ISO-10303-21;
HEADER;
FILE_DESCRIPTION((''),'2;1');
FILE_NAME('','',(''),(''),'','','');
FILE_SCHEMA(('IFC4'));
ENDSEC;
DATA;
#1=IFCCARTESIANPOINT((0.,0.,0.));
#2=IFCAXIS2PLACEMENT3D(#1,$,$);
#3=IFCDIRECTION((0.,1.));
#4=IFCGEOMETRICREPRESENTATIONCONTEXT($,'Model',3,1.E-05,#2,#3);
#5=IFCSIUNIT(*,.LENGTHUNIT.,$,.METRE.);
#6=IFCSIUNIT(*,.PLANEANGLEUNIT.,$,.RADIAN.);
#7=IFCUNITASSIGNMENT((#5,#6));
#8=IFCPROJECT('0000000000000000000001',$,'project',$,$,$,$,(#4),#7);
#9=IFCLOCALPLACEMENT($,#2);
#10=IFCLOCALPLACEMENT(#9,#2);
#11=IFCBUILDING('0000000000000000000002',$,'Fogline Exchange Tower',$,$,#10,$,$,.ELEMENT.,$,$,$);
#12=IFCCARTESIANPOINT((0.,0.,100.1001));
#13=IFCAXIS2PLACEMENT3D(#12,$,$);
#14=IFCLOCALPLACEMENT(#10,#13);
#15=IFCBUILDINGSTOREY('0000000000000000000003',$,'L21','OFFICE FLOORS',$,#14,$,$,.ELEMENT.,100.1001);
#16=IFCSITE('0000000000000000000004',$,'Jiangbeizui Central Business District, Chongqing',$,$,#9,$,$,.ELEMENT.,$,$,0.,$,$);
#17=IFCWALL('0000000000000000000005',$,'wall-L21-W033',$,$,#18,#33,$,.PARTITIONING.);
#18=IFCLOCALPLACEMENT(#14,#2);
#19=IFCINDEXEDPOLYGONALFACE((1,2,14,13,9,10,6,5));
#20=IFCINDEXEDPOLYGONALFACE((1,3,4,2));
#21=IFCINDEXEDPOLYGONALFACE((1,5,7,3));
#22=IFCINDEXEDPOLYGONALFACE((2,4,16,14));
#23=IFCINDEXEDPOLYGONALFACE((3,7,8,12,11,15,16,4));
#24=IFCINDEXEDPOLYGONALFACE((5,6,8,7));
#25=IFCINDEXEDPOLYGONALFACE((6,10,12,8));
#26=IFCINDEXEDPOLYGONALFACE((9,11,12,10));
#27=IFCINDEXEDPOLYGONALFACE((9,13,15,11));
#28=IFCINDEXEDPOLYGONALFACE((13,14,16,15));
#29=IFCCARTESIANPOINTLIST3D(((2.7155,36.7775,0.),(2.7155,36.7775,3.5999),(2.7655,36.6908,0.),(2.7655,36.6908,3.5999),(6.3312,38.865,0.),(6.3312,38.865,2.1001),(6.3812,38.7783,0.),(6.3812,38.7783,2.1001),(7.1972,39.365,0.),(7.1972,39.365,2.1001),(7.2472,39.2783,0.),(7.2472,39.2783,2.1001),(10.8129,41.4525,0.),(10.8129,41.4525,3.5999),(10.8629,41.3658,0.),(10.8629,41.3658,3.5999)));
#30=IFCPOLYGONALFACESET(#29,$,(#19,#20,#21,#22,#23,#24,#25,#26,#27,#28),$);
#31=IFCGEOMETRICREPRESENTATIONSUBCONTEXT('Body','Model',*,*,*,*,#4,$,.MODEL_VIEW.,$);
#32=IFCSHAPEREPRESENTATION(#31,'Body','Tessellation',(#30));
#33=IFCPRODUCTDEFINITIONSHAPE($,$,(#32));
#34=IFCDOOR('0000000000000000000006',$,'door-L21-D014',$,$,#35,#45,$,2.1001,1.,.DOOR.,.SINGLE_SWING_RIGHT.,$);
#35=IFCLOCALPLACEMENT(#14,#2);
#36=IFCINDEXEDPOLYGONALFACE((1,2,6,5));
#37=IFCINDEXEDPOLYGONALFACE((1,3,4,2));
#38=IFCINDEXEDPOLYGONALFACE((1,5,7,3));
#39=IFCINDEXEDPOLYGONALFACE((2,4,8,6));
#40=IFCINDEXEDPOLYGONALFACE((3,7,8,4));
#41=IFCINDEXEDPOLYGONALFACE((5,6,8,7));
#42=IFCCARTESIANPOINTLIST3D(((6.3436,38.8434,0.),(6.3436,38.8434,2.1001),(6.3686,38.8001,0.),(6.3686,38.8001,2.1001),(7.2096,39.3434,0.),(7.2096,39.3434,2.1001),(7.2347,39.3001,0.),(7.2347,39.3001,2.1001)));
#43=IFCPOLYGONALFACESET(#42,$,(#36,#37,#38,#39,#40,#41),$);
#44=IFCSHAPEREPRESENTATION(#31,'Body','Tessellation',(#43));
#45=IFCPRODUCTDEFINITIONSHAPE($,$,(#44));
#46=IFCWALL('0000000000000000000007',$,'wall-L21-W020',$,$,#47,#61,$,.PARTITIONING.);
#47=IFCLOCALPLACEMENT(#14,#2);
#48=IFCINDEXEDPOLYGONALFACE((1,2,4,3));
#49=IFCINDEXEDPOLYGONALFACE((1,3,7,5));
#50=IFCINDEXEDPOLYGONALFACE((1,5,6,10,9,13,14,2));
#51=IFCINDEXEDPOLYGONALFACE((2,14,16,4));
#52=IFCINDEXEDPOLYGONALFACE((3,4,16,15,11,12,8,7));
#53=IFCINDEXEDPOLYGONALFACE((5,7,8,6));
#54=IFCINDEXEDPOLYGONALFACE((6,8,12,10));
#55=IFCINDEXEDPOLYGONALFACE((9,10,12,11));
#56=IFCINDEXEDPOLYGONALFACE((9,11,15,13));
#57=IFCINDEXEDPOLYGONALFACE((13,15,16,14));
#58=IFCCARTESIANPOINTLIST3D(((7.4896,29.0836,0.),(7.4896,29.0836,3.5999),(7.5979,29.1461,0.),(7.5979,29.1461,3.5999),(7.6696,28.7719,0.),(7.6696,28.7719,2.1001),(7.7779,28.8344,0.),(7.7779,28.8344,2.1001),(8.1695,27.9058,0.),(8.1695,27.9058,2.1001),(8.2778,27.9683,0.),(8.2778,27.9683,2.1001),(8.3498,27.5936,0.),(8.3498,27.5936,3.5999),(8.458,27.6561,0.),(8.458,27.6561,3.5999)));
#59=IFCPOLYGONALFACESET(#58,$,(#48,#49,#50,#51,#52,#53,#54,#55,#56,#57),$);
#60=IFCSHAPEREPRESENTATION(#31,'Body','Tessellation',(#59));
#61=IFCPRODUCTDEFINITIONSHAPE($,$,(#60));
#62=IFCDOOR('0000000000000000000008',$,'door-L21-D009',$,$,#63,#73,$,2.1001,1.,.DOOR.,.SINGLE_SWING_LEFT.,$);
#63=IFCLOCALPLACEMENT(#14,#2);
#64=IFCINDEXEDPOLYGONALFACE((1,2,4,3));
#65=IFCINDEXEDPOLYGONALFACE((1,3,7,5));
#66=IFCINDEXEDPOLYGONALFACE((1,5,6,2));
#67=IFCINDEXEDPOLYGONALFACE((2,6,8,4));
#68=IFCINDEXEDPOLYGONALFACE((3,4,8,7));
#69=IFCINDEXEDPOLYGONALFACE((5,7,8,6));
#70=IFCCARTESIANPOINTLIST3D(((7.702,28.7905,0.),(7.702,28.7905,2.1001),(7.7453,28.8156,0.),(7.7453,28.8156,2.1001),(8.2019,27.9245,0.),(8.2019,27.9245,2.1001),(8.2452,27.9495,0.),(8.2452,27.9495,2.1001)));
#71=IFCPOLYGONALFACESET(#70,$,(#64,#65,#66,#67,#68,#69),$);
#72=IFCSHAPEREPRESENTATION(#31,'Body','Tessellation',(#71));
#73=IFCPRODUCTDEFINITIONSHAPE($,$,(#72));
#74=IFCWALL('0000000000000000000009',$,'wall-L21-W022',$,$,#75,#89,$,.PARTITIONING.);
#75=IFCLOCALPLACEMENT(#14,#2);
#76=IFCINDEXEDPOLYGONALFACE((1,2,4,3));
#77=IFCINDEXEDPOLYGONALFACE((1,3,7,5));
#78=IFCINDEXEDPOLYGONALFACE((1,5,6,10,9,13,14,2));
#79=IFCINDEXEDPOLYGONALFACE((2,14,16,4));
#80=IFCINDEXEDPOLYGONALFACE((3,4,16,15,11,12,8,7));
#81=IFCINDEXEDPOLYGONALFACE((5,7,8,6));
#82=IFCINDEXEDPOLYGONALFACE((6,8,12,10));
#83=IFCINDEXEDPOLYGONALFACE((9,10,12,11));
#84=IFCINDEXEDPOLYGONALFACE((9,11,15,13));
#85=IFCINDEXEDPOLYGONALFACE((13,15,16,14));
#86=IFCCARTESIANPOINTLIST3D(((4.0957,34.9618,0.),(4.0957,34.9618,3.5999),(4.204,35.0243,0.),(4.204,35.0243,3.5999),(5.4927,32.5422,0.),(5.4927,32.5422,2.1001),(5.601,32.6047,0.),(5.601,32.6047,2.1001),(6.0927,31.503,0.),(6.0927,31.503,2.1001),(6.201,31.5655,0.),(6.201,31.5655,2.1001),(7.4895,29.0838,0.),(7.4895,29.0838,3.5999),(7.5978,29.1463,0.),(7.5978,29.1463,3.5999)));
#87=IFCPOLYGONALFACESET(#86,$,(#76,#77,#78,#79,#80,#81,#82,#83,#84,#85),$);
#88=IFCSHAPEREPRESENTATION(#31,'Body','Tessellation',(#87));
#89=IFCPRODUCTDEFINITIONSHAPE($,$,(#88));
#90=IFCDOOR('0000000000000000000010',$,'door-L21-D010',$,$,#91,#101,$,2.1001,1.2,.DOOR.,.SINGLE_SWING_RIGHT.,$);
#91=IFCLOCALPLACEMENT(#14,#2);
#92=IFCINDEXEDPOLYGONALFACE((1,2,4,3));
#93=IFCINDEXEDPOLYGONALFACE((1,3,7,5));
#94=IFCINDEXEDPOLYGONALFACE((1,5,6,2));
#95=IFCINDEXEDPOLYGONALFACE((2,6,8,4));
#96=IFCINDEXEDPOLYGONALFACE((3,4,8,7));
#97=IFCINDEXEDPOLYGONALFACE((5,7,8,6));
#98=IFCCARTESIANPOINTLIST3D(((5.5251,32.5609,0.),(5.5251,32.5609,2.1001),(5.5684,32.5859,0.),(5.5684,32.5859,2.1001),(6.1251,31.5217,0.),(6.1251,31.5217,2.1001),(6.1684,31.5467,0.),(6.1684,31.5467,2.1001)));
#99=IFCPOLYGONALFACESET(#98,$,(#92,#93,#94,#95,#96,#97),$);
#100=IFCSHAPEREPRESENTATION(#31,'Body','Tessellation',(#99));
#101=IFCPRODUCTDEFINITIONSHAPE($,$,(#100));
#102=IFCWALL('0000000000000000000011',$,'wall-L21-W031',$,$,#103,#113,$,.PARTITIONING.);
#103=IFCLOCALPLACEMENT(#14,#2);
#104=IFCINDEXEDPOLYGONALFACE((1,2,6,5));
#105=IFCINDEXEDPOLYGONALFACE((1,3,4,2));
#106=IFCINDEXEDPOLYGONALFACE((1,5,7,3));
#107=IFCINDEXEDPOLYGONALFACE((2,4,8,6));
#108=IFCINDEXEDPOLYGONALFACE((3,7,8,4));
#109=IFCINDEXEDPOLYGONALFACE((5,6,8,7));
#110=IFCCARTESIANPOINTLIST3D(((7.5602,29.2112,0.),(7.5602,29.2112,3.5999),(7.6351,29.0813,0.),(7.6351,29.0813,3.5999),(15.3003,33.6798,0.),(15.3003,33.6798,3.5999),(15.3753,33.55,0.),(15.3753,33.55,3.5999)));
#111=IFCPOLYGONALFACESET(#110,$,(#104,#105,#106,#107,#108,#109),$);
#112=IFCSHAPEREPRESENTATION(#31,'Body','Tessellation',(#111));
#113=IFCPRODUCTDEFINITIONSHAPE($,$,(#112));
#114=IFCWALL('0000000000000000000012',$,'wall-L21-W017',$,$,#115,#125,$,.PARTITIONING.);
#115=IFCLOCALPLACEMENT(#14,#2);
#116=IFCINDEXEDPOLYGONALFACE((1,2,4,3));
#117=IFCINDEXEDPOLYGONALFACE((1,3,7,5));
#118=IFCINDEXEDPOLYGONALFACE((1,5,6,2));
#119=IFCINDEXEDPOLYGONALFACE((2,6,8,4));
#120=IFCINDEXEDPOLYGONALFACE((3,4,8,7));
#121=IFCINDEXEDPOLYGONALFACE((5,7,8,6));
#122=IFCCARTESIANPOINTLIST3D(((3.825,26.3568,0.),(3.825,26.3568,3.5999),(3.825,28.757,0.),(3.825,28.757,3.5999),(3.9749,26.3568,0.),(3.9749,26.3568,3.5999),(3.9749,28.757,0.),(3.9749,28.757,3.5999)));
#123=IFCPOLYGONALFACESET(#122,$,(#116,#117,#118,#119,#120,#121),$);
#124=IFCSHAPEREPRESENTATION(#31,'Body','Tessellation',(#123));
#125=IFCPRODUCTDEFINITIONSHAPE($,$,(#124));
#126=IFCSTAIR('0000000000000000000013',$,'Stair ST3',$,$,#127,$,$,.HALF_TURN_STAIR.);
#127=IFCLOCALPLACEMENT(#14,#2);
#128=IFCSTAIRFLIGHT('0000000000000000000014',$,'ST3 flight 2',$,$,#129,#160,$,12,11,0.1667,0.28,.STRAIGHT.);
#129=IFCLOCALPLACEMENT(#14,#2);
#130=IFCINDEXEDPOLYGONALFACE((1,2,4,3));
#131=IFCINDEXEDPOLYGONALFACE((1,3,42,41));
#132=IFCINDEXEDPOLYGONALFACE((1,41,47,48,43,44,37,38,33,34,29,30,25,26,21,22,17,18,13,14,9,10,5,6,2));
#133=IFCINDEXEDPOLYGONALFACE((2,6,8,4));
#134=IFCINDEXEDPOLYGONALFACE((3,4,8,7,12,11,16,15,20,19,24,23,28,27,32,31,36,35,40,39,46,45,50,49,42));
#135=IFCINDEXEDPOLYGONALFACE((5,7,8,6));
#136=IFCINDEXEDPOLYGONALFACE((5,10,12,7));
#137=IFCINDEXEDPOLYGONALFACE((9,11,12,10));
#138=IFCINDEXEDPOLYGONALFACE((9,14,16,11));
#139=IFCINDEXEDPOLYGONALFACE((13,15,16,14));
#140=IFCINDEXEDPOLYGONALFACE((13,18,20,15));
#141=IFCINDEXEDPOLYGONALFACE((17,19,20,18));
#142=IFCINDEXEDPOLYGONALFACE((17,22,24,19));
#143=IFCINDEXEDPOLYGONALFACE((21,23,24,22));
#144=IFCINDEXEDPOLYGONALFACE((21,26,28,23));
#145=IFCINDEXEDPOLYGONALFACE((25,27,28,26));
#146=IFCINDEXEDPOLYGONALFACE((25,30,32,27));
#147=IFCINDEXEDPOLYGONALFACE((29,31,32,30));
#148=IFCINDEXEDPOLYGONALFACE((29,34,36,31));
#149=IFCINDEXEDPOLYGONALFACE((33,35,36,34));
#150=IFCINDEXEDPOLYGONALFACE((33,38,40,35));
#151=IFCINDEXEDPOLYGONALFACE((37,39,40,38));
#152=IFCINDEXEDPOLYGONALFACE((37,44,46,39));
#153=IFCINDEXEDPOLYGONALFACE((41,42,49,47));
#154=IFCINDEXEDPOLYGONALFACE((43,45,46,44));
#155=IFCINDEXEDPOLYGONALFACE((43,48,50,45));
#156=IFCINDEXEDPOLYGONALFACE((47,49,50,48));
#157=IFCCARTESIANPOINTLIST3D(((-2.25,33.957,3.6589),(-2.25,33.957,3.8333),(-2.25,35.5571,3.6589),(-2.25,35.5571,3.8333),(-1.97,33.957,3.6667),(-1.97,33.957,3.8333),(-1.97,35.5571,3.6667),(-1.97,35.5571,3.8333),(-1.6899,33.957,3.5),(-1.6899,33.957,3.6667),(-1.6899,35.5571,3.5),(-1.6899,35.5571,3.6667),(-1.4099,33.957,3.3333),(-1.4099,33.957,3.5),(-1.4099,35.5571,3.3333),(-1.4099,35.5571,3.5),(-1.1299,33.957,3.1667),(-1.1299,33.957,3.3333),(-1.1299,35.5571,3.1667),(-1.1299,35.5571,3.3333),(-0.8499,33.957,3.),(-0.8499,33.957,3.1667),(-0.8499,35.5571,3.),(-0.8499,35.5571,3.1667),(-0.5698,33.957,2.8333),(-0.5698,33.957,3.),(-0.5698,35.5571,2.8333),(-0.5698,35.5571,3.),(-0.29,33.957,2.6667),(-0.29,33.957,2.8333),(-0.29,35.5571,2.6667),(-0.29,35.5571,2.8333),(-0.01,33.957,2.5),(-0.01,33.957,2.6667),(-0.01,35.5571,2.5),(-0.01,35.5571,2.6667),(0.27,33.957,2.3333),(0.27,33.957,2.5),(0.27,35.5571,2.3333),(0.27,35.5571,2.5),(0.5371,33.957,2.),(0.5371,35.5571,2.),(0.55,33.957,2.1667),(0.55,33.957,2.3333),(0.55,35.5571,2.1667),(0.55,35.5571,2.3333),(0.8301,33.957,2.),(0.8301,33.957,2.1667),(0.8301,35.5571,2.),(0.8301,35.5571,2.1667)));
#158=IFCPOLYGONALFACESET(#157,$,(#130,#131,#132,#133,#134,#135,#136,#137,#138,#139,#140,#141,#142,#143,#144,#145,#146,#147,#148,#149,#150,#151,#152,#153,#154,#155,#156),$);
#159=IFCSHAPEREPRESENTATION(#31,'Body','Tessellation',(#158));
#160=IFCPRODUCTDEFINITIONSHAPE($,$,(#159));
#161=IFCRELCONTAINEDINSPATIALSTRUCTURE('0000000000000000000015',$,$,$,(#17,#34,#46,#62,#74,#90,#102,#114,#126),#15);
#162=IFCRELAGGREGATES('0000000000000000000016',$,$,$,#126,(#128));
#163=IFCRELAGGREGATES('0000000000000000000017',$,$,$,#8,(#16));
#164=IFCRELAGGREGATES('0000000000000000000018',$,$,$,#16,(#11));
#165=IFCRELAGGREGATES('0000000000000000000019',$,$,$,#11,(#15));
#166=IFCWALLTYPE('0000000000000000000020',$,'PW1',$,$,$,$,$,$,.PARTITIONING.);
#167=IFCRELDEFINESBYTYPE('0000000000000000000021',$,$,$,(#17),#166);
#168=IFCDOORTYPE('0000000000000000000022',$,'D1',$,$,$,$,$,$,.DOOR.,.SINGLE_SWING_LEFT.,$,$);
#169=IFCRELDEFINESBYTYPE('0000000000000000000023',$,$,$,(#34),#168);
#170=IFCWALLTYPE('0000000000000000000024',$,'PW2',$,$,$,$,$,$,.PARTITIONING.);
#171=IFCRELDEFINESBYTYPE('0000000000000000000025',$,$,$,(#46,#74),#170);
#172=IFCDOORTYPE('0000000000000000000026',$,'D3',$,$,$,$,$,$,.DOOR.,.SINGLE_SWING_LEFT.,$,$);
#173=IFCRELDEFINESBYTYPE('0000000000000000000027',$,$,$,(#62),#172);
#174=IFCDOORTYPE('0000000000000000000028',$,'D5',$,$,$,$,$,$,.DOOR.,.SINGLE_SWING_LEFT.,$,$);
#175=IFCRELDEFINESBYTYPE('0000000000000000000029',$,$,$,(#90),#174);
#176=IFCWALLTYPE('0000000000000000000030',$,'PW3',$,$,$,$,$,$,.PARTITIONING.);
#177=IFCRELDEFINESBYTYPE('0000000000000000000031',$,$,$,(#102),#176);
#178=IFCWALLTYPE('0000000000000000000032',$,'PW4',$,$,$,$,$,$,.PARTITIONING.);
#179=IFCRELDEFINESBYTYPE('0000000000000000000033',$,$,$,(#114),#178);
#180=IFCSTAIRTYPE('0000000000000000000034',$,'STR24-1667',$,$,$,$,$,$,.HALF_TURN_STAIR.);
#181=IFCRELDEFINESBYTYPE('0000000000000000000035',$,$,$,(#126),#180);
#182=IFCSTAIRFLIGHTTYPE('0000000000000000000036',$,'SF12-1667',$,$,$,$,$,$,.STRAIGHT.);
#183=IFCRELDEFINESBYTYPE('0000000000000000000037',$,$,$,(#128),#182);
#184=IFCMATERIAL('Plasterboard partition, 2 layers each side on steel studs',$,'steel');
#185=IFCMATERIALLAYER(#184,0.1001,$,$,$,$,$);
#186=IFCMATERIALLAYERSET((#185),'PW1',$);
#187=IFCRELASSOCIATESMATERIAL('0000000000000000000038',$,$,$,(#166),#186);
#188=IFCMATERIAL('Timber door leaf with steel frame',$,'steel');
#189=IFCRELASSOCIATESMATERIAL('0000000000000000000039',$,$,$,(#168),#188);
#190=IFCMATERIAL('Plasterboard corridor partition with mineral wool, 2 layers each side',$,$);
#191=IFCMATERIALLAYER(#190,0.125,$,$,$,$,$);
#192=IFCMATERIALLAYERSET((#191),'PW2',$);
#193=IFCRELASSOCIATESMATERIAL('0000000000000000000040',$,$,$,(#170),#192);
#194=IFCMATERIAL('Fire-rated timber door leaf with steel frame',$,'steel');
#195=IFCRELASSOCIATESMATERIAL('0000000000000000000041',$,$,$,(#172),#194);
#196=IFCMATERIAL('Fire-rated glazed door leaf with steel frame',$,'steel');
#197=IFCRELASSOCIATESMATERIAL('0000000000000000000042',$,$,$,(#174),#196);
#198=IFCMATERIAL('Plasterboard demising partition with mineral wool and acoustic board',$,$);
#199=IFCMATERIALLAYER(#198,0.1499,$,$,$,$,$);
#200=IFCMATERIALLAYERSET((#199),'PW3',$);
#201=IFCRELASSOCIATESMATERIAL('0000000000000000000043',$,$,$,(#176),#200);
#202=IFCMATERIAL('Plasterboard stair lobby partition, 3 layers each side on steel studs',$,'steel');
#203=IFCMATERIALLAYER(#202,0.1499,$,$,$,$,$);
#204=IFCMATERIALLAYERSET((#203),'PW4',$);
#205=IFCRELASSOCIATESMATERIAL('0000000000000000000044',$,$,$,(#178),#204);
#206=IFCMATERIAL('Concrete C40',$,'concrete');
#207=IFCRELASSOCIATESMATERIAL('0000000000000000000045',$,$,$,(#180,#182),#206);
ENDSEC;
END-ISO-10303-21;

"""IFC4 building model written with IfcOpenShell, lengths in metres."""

from ifc_helpers import new_model, si_unit, direction, frame, frame_2d, origin, place, context, subcontext, project, spatial, polyline, rectangle, outline, extrude, material, layer, layer_set, type_object, element, fill, aggregate, save


model = new_model("IFC4")

# Units and contexts
model_context = context("Model", 3, precision=1e-05, world=origin(), true_north=direction((0.0, 1.0)))
body_context = subcontext(model_context, "Body", "Model", "MODEL_VIEW")
ifc_project = project(units=[si_unit("LENGTHUNIT", "METRE"), si_unit("PLANEANGLEUNIT", "RADIAN")], contexts=[model_context])

# Site, building, storey
site_placement = place(None, origin())
site = spatial("IfcSite", under=ifc_project, at=site_placement, Name="Jiangbeizui Central Business District, Chongqing", CompositionType="ELEMENT", RefElevation=0.0)
building_placement = place(site_placement, origin())
building = spatial("IfcBuilding", under=site, at=building_placement, Name="Fogline Exchange Tower", CompositionType="ELEMENT")
storey_placement = place(building_placement, frame((0.0, 0.0, 100.1001)))
storey = spatial("IfcBuildingStorey", under=building, at=storey_placement, Name="L21", Description="OFFICE FLOORS", CompositionType="ELEMENT", Elevation=100.1001)

# Shared definitions
ifc_material_1 = material(Name="Concrete C40", Category="concrete")

# Shared definitions
ifc_material_2 = material(Name="Plasterboard partition, 2 layers each side on steel studs", Category="steel")
ifc_layer_1 = layer(ifc_material_2, 0.1001)
ifc_layer_set_1 = layer_set([ifc_layer_1], Name="PW1")
wall_type_1 = type_object("IfcWallType", Name="PW1", PredefinedType="PARTITIONING", material=ifc_layer_set_1)

# Walls, openings, doors
wall_1_placement = place(storey_placement, frame((2.7405, 36.7341, 0.0), z_axis=(0.0, 0.0, 1.0), x_axis=(0.866025, 0.5, 0.0)))
wall_1 = element("IfcWall", 1, at=wall_1_placement, inside=storey, type_object=wall_type_1, Name="wall-L21-W033", PredefinedType="PARTITIONING", context=body_context, shape_type="SweptSolid", body=[
    extrude(rectangle(XDim=9.3501, YDim=0.1001, at=frame_2d((4.675, 0.0))), origin(), (0.0, 0.0, 1.0), 3.5999),
])
opening_1_placement = place(wall_1_placement, frame((4.175, 0.0, 0.0)))
opening_1 = element("IfcOpeningElement", 2, at=opening_1_placement, cuts=wall_1, PredefinedType="OPENING", context=body_context, shape_type="SweptSolid", body=[
    extrude(rectangle(XDim=1.0, YDim=2.1001, at=frame_2d((0.5, 1.05))), frame((0.0, 0.0601, 0.0), z_axis=(0.0, -1.0, 0.0), x_axis=(1.0, 0.0, 0.0)), (0.0, 0.0, 1.0), 0.1201),
])
ifc_material_3 = material(Name="Timber door leaf with steel frame", Category="steel")
door_type_1 = type_object("IfcDoorType", Name="D1", OperationType="SINGLE_SWING_LEFT", PredefinedType="DOOR", material=ifc_material_3)
door_1_placement = place(opening_1_placement, frame((1.0, 0.0, 0.0), z_axis=(0.0, 0.0, 1.0), x_axis=(-1.0, 0.0, 0.0)))
door_1 = element("IfcDoor", 3, at=door_1_placement, inside=storey, type_object=door_type_1, Name="door-L21-D014", OperationType="SINGLE_SWING_RIGHT", OverallHeight=2.1001, OverallWidth=1.0, PredefinedType="DOOR", context=body_context, shape_type="SweptSolid", body=[
    extrude(rectangle(XDim=1.0, YDim=2.1001, at=frame_2d((0.5, 1.05))), frame((0.0, 0.0249, 0.0), z_axis=(0.0, -1.0, 0.0), x_axis=(1.0, 0.0, 0.0)), (0.0, 0.0, 1.0), 0.05),
])
fill(opening_1, door_1)
ifc_material_4 = material(Name="Plasterboard corridor partition with mineral wool, 2 layers each side")
ifc_layer_2 = layer(ifc_material_4, 0.125)
ifc_layer_set_2 = layer_set([ifc_layer_2], Name="PW2")
wall_type_2 = type_object("IfcWallType", Name="PW2", PredefinedType="PARTITIONING", material=ifc_layer_set_2)
wall_2_placement = place(storey_placement, frame((7.5437, 29.115, 0.0), z_axis=(0.0, 0.0, 1.0), x_axis=(0.499939, -0.86606, 0.0)))
wall_2 = element("IfcWall", 4, at=wall_2_placement, inside=storey, type_object=wall_type_2, Name="wall-L21-W020", PredefinedType="PARTITIONING", context=body_context, shape_type="SweptSolid", body=[
    extrude(rectangle(XDim=1.7205, YDim=0.125, at=frame_2d((0.8604, 0.0))), origin(), (0.0, 0.0, 1.0), 3.5999),
])
opening_2_placement = place(wall_2_placement, frame((0.3601, 0.0, 0.0)))
opening_2 = element("IfcOpeningElement", 5, at=opening_2_placement, cuts=wall_2, PredefinedType="OPENING", context=body_context, shape_type="SweptSolid", body=[
    extrude(rectangle(XDim=1.0, YDim=2.1001, at=frame_2d((0.5, 1.05))), frame((0.0, 0.0725, 0.0), z_axis=(0.0, -1.0, 0.0), x_axis=(1.0, 0.0, 0.0)), (0.0, 0.0, 1.0), 0.145),
])
ifc_material_5 = material(Name="Fire-rated timber door leaf with steel frame", Category="steel")
door_type_2 = type_object("IfcDoorType", Name="D3", OperationType="SINGLE_SWING_LEFT", PredefinedType="DOOR", material=ifc_material_5)
door_2_placement = place(opening_2_placement, origin())
door_2 = element("IfcDoor", 6, at=door_2_placement, inside=storey, type_object=door_type_2, Name="door-L21-D009", OperationType="SINGLE_SWING_LEFT", OverallHeight=2.1001, OverallWidth=1.0, PredefinedType="DOOR", context=body_context, shape_type="SweptSolid", body=[
    extrude(rectangle(XDim=1.0, YDim=2.1001, at=frame_2d((0.5, 1.05))), frame((0.0, 0.0249, 0.0), z_axis=(0.0, -1.0, 0.0), x_axis=(1.0, 0.0, 0.0)), (0.0, 0.0, 1.0), 0.05),
])
fill(opening_2, door_2)
wall_3_placement = place(storey_placement, frame((4.1499, 34.9929, 0.0), z_axis=(0.0, 0.0, 1.0), x_axis=(0.500019, -0.866014, 0.0)))
wall_3 = element("IfcWall", 7, at=wall_3_placement, inside=storey, type_object=wall_type_2, Name="wall-L21-W022", PredefinedType="PARTITIONING", context=body_context, shape_type="SweptSolid", body=[
    extrude(rectangle(XDim=6.7874, YDim=0.125, at=frame_2d((3.3936, 0.0))), origin(), (0.0, 0.0, 1.0), 3.5999),
])
opening_3_placement = place(wall_3_placement, frame((2.7937, 0.0, 0.0)))
opening_3 = element("IfcOpeningElement", 8, at=opening_3_placement, cuts=wall_3, PredefinedType="OPENING", context=body_context, shape_type="SweptSolid", body=[
    extrude(rectangle(XDim=1.2, YDim=2.1001, at=frame_2d((0.6001, 1.05))), frame((0.0, 0.0725, 0.0), z_axis=(0.0, -1.0, 0.0), x_axis=(1.0, 0.0, 0.0)), (0.0, 0.0, 1.0), 0.145),
])
ifc_material_6 = material(Name="Fire-rated glazed door leaf with steel frame", Category="steel")
door_type_3 = type_object("IfcDoorType", Name="D5", OperationType="SINGLE_SWING_LEFT", PredefinedType="DOOR", material=ifc_material_6)
door_3_placement = place(opening_3_placement, origin())
door_3 = element("IfcDoor", 9, at=door_3_placement, inside=storey, type_object=door_type_3, Name="door-L21-D010", OperationType="SINGLE_SWING_RIGHT", OverallHeight=2.1001, OverallWidth=1.2, PredefinedType="DOOR", context=body_context, shape_type="SweptSolid", body=[
    extrude(rectangle(XDim=1.2, YDim=2.1001, at=frame_2d((0.6001, 1.05))), frame((0.0, 0.0249, 0.0), z_axis=(0.0, -1.0, 0.0), x_axis=(1.0, 0.0, 0.0)), (0.0, 0.0, 1.0), 0.05),
])
fill(opening_3, door_3)

# Walls
ifc_material_7 = material(Name="Plasterboard demising partition with mineral wool and acoustic board")
ifc_layer_3 = layer(ifc_material_7, 0.1499)
ifc_layer_set_3 = layer_set([ifc_layer_3], Name="PW3")
wall_type_3 = type_object("IfcWallType", Name="PW3", PredefinedType="PARTITIONING", material=ifc_layer_set_3)
wall_4_placement = place(storey_placement, frame((7.5977, 29.1462, 0.0), z_axis=(0.0, 0.0, 1.0), x_axis=(0.866029, 0.499994, 0.0)))
element("IfcWall", 10, at=wall_4_placement, inside=storey, type_object=wall_type_3, Name="wall-L21-W031", PredefinedType="PARTITIONING", context=body_context, shape_type="SweptSolid", body=[
    extrude(rectangle(XDim=8.9375, YDim=0.1499, at=frame_2d((4.4688, 0.0))), origin(), (0.0, 0.0, 1.0), 3.5999),
])
ifc_material_8 = material(Name="Plasterboard stair lobby partition, 3 layers each side on steel studs", Category="steel")
ifc_layer_4 = layer(ifc_material_8, 0.1499)
ifc_layer_set_4 = layer_set([ifc_layer_4], Name="PW4")
wall_type_4 = type_object("IfcWallType", Name="PW4", PredefinedType="PARTITIONING", material=ifc_layer_set_4)
wall_5_placement = place(storey_placement, frame((3.8999, 28.7571, 0.0), z_axis=(0.0, 0.0, 1.0), x_axis=(0.0, -1.0, 0.0)))
element("IfcWall", 11, at=wall_5_placement, inside=storey, type_object=wall_type_4, Name="wall-L21-W017", PredefinedType="PARTITIONING", context=body_context, shape_type="SweptSolid", body=[
    extrude(rectangle(XDim=2.4001, YDim=0.1499, at=frame_2d((1.2002, 0.0))), origin(), (0.0, 0.0, 1.0), 3.5999),
])

# Stair, stair flight
stair_type = type_object("IfcStairType", Name="STR24-1667", PredefinedType="HALF_TURN_STAIR", material=ifc_material_1)
stair_placement = place(storey_placement, origin())
stair = element("IfcStair", 12, at=stair_placement, inside=storey, type_object=stair_type, Name="Stair ST3", PredefinedType="HALF_TURN_STAIR")
stair_flight_type = type_object("IfcStairFlightType", Name="SF12-1667", PredefinedType="STRAIGHT", material=ifc_material_1)
stair_flight_placement = place(storey_placement, frame((0.8301, 34.7571, 2.0), z_axis=(0.0, 0.0, 1.0), x_axis=(-1.0, 0.0, 0.0)))
stair_flight = element("IfcStairFlight", 13, at=stair_flight_placement, type_object=stair_flight_type, Name="ST3 flight 2", NumberOfRisers=12, NumberOfTreads=11, PredefinedType="STRAIGHT", RiserHeight=0.1667, TreadLength=0.28, context=body_context, shape_type="SweptSolid", body=[
    extrude(outline(polyline([(0.0, 0.0), (0.0, 0.1667), (0.28, 0.1667), (0.28, 0.3333), (0.5601, 0.3333), (0.5601, 0.5), (0.8401, 0.5), (0.8401, 0.6667), (1.1201, 0.6667), (1.1201, 0.8333), (1.3999, 0.8333), (1.3999, 1.0), (1.6799, 1.0), (1.6799, 1.1667), (1.96, 1.1667), (1.96, 1.3333), (2.24, 1.3333), (2.24, 1.5), (2.52, 1.5), (2.52, 1.6667), (2.8, 1.6667), (2.8, 1.8333), (3.0801, 1.8333), (3.0801, 2.0), (3.0801, 1.6589), (0.293, 0.0), (0.0, 0.0)])), frame((0.0, 0.8, 0.0), z_axis=(0.0, -1.0, 0.0), x_axis=(1.0, 0.0, 0.0)), (0.0, 0.0, 1.0), 1.6001),
])
aggregate(stair, [stair_flight])

save(model, "model.ifc")
